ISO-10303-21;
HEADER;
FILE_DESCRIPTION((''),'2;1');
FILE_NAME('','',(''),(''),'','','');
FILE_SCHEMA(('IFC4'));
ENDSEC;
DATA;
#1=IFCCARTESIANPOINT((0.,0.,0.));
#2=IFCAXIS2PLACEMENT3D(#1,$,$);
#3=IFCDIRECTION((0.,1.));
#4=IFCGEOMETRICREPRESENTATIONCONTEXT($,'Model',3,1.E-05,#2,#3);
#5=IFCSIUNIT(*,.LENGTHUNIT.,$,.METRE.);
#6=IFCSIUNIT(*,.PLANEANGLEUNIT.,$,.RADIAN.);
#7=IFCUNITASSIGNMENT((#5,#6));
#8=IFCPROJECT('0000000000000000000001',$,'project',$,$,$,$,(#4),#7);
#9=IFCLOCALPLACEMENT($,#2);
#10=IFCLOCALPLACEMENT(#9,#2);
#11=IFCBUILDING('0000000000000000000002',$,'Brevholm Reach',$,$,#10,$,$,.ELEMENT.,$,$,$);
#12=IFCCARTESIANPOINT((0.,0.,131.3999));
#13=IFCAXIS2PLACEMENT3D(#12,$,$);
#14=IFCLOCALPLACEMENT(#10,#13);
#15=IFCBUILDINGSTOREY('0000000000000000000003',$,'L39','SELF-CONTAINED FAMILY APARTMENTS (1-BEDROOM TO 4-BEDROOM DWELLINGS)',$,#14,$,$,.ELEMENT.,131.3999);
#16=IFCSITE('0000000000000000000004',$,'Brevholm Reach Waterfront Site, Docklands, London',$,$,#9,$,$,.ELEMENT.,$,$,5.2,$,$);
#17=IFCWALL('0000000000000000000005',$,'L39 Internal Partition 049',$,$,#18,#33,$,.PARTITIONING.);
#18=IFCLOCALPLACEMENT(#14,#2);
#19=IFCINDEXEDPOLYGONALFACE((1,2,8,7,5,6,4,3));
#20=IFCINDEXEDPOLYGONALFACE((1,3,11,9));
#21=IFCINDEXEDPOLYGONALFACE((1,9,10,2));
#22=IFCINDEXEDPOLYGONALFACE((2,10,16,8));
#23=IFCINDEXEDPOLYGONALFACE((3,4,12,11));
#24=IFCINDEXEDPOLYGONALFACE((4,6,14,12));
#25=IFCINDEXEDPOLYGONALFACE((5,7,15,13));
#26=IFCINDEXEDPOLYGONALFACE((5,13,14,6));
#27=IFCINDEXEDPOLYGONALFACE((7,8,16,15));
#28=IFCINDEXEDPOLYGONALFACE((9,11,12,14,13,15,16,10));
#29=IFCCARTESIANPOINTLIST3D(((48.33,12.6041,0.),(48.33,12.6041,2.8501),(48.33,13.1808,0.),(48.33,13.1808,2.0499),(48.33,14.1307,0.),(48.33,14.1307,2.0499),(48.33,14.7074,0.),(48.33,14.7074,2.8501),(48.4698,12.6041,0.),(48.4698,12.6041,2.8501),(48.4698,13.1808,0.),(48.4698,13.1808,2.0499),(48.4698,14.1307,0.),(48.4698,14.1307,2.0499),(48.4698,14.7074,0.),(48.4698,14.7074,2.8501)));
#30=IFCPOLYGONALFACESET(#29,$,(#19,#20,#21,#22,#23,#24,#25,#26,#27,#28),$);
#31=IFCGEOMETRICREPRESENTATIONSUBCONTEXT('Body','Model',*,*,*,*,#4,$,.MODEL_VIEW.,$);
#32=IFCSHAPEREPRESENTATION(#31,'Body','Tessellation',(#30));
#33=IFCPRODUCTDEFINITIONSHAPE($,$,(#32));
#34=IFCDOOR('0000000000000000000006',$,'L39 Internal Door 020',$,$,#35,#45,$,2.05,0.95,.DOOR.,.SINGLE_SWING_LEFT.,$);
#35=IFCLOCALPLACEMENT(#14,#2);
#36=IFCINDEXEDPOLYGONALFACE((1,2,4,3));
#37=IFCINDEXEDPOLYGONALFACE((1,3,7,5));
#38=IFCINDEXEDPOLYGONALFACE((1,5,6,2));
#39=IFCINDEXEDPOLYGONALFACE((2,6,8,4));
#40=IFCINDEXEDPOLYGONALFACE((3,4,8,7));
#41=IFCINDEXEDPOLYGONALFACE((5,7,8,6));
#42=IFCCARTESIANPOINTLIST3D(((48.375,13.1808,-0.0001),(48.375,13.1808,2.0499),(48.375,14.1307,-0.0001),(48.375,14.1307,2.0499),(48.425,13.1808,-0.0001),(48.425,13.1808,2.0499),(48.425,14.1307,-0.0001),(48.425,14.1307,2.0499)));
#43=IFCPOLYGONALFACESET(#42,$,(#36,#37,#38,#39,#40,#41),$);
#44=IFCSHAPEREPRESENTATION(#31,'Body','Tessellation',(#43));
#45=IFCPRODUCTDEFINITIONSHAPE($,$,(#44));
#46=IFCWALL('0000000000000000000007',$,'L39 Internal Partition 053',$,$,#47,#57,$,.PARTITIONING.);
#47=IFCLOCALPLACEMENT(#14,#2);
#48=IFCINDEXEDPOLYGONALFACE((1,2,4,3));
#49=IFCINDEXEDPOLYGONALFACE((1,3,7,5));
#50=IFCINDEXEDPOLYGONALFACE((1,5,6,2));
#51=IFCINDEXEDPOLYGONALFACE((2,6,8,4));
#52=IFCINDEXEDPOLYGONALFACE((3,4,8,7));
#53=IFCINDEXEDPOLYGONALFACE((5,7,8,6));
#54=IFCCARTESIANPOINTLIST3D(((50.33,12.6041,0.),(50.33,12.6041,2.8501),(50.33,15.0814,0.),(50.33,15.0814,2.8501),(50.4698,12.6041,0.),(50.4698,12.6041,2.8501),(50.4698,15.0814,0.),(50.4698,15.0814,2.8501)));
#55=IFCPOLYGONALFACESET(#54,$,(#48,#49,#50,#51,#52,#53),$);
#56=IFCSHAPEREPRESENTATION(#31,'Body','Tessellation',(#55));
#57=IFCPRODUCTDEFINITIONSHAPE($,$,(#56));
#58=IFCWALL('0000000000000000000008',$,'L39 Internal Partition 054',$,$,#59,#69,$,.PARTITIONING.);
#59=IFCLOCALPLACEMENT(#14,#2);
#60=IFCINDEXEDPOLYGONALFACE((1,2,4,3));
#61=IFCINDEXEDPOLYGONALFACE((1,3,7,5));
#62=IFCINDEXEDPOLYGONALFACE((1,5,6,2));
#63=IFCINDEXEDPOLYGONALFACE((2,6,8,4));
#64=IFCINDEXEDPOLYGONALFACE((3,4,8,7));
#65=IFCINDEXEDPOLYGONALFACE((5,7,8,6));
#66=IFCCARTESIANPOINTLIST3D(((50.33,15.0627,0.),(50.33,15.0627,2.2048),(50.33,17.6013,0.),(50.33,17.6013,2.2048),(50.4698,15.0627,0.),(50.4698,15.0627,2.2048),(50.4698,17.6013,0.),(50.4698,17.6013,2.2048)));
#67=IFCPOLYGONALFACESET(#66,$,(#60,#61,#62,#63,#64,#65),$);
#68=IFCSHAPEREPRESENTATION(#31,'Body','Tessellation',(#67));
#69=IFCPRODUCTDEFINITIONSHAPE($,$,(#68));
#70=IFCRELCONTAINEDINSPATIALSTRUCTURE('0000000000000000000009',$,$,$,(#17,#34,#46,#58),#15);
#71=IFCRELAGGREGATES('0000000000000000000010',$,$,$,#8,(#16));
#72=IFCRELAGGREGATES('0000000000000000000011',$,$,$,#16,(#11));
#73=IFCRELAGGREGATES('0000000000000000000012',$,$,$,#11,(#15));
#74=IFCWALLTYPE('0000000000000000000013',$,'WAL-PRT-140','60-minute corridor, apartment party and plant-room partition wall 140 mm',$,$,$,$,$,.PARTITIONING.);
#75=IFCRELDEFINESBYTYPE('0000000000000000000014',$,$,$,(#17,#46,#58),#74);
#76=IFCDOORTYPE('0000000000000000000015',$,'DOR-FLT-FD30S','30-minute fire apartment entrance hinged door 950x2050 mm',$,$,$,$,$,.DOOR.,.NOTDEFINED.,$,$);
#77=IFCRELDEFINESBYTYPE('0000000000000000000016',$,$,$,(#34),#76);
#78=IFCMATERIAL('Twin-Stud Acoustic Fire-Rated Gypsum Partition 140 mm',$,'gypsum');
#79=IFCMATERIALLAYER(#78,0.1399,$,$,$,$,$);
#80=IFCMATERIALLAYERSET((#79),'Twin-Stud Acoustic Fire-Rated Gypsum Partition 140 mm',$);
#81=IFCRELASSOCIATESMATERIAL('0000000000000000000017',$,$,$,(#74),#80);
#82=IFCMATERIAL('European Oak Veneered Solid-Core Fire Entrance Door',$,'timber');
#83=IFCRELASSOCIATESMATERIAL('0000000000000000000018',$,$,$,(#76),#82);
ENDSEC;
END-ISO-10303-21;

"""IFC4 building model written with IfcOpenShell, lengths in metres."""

from ifc_helpers import new_model, si_unit, direction, frame, frame_2d, origin, place, context, subcontext, project, spatial, rectangle, extrude, material, layer, layer_set, type_object, element, fill, save


model = new_model("IFC4")

# Units and contexts
model_context = context("Model", 3, precision=1e-05, world=origin(), true_north=direction((0.0, 1.0)))
body_context = subcontext(model_context, "Body", "Model", "MODEL_VIEW")
ifc_project = project(units=[si_unit("LENGTHUNIT", "METRE"), si_unit("PLANEANGLEUNIT", "RADIAN")], contexts=[model_context])

# Site, building, storey
site_placement = place(None, origin())
site = spatial("IfcSite", under=ifc_project, at=site_placement, Name="Brevholm Reach Waterfront Site, Docklands, London", CompositionType="ELEMENT", RefElevation=5.2)
building_placement = place(site_placement, origin())
building = spatial("IfcBuilding", under=site, at=building_placement, Name="Brevholm Reach", CompositionType="ELEMENT")
storey_placement = place(building_placement, frame((0.0, 0.0, 131.3999)))
storey = spatial("IfcBuildingStorey", under=building, at=storey_placement, Name="L39", Description="SELF-CONTAINED FAMILY APARTMENTS (1-BEDROOM TO 4-BEDROOM DWELLINGS)", CompositionType="ELEMENT", Elevation=131.3999)

# Shared definitions
ifc_material_1 = material(Name="Twin-Stud Acoustic Fire-Rated Gypsum Partition 140 mm", Category="gypsum")
ifc_layer_1 = layer(ifc_material_1, 0.1399)
ifc_layer_set_1 = layer_set([ifc_layer_1], Name="Twin-Stud Acoustic Fire-Rated Gypsum Partition 140 mm")
wall_type_1 = type_object("IfcWallType", Name="WAL-PRT-140", Description="60-minute corridor, apartment party and plant-room partition wall 140 mm", PredefinedType="PARTITIONING", material=ifc_layer_set_1)

# Shared definitions
ifc_material_2 = material(Name="European Oak Veneered Solid-Core Fire Entrance Door", Category="timber")
door_type_1 = type_object("IfcDoorType", Name="DOR-FLT-FD30S", Description="30-minute fire apartment entrance hinged door 950x2050 mm", OperationType="NOTDEFINED", PredefinedType="DOOR", material=ifc_material_2)

# Wall, opening, door
wall_1_placement = place(storey_placement, frame((48.3999, 12.604, 0.0), z_axis=(0.0, 0.0, 1.0), x_axis=(0.0, 1.0, 0.0)))
wall_1 = element("IfcWall", 1, at=wall_1_placement, inside=storey, type_object=wall_type_1, Name="L39 Internal Partition 049", PredefinedType="PARTITIONING", context=body_context, shape_type="SweptSolid", body=[
    extrude(rectangle(XDim=2.1033, YDim=0.1399, at=frame_2d((1.0518, 0.0))), origin(), (0.0, 0.0, 1.0), 2.8501),
])
opening_1_placement = place(wall_1_placement, frame((0.5767, 0.0, 0.0)))
opening_1 = element("IfcOpeningElement", 2, at=opening_1_placement, cuts=wall_1, PredefinedType="OPENING", context=body_context, shape_type="SweptSolid", body=[
    extrude(rectangle(XDim=0.95, YDim=2.05, at=frame_2d((0.4751, 1.0249))), frame((0.0, 0.0798, 0.0), z_axis=(0.0, -1.0, 0.0), x_axis=(1.0, 0.0, 0.0)), (0.0, 0.0, 1.0), 0.1599),
])
door_1_placement = place(opening_1_placement, origin())
door_1 = element("IfcDoor", 3, at=door_1_placement, inside=storey, type_object=door_type_1, Name="L39 Internal Door 020", OperationType="SINGLE_SWING_LEFT", OverallHeight=2.05, OverallWidth=0.95, PredefinedType="DOOR", context=body_context, shape_type="SweptSolid", body=[
    extrude(rectangle(XDim=0.95, YDim=2.05, at=frame_2d((0.4751, 1.0249))), frame((0.0, 0.0249, 0.0), z_axis=(0.0, -1.0, 0.0), x_axis=(1.0, 0.0, 0.0)), (0.0, 0.0, 1.0), 0.05),
])
fill(opening_1, door_1)

# Walls
wall_2_placement = place(storey_placement, frame((50.3999, 12.604, 0.0), z_axis=(0.0, 0.0, 1.0), x_axis=(0.0, 1.0, 0.0)))
element("IfcWall", 4, at=wall_2_placement, inside=storey, type_object=wall_type_1, Name="L39 Internal Partition 053", PredefinedType="PARTITIONING", context=body_context, shape_type="SweptSolid", body=[
    extrude(rectangle(XDim=2.4773, YDim=0.1399, at=frame_2d((1.2388, 0.0))), origin(), (0.0, 0.0, 1.0), 2.8501),
])
wall_3_placement = place(storey_placement, frame((50.3999, 15.0627, 0.0), z_axis=(0.0, 0.0, 1.0), x_axis=(0.0, 1.0, 0.0)))
element("IfcWall", 5, at=wall_3_placement, inside=storey, type_object=wall_type_1, Name="L39 Internal Partition 054", PredefinedType="PARTITIONING", context=body_context, shape_type="SweptSolid", body=[
    extrude(rectangle(XDim=2.5386, YDim=0.1399, at=frame_2d((1.2693, 0.0))), origin(), (0.0, 0.0, 1.0), 2.2048),
])

save(model, "model.ifc")
